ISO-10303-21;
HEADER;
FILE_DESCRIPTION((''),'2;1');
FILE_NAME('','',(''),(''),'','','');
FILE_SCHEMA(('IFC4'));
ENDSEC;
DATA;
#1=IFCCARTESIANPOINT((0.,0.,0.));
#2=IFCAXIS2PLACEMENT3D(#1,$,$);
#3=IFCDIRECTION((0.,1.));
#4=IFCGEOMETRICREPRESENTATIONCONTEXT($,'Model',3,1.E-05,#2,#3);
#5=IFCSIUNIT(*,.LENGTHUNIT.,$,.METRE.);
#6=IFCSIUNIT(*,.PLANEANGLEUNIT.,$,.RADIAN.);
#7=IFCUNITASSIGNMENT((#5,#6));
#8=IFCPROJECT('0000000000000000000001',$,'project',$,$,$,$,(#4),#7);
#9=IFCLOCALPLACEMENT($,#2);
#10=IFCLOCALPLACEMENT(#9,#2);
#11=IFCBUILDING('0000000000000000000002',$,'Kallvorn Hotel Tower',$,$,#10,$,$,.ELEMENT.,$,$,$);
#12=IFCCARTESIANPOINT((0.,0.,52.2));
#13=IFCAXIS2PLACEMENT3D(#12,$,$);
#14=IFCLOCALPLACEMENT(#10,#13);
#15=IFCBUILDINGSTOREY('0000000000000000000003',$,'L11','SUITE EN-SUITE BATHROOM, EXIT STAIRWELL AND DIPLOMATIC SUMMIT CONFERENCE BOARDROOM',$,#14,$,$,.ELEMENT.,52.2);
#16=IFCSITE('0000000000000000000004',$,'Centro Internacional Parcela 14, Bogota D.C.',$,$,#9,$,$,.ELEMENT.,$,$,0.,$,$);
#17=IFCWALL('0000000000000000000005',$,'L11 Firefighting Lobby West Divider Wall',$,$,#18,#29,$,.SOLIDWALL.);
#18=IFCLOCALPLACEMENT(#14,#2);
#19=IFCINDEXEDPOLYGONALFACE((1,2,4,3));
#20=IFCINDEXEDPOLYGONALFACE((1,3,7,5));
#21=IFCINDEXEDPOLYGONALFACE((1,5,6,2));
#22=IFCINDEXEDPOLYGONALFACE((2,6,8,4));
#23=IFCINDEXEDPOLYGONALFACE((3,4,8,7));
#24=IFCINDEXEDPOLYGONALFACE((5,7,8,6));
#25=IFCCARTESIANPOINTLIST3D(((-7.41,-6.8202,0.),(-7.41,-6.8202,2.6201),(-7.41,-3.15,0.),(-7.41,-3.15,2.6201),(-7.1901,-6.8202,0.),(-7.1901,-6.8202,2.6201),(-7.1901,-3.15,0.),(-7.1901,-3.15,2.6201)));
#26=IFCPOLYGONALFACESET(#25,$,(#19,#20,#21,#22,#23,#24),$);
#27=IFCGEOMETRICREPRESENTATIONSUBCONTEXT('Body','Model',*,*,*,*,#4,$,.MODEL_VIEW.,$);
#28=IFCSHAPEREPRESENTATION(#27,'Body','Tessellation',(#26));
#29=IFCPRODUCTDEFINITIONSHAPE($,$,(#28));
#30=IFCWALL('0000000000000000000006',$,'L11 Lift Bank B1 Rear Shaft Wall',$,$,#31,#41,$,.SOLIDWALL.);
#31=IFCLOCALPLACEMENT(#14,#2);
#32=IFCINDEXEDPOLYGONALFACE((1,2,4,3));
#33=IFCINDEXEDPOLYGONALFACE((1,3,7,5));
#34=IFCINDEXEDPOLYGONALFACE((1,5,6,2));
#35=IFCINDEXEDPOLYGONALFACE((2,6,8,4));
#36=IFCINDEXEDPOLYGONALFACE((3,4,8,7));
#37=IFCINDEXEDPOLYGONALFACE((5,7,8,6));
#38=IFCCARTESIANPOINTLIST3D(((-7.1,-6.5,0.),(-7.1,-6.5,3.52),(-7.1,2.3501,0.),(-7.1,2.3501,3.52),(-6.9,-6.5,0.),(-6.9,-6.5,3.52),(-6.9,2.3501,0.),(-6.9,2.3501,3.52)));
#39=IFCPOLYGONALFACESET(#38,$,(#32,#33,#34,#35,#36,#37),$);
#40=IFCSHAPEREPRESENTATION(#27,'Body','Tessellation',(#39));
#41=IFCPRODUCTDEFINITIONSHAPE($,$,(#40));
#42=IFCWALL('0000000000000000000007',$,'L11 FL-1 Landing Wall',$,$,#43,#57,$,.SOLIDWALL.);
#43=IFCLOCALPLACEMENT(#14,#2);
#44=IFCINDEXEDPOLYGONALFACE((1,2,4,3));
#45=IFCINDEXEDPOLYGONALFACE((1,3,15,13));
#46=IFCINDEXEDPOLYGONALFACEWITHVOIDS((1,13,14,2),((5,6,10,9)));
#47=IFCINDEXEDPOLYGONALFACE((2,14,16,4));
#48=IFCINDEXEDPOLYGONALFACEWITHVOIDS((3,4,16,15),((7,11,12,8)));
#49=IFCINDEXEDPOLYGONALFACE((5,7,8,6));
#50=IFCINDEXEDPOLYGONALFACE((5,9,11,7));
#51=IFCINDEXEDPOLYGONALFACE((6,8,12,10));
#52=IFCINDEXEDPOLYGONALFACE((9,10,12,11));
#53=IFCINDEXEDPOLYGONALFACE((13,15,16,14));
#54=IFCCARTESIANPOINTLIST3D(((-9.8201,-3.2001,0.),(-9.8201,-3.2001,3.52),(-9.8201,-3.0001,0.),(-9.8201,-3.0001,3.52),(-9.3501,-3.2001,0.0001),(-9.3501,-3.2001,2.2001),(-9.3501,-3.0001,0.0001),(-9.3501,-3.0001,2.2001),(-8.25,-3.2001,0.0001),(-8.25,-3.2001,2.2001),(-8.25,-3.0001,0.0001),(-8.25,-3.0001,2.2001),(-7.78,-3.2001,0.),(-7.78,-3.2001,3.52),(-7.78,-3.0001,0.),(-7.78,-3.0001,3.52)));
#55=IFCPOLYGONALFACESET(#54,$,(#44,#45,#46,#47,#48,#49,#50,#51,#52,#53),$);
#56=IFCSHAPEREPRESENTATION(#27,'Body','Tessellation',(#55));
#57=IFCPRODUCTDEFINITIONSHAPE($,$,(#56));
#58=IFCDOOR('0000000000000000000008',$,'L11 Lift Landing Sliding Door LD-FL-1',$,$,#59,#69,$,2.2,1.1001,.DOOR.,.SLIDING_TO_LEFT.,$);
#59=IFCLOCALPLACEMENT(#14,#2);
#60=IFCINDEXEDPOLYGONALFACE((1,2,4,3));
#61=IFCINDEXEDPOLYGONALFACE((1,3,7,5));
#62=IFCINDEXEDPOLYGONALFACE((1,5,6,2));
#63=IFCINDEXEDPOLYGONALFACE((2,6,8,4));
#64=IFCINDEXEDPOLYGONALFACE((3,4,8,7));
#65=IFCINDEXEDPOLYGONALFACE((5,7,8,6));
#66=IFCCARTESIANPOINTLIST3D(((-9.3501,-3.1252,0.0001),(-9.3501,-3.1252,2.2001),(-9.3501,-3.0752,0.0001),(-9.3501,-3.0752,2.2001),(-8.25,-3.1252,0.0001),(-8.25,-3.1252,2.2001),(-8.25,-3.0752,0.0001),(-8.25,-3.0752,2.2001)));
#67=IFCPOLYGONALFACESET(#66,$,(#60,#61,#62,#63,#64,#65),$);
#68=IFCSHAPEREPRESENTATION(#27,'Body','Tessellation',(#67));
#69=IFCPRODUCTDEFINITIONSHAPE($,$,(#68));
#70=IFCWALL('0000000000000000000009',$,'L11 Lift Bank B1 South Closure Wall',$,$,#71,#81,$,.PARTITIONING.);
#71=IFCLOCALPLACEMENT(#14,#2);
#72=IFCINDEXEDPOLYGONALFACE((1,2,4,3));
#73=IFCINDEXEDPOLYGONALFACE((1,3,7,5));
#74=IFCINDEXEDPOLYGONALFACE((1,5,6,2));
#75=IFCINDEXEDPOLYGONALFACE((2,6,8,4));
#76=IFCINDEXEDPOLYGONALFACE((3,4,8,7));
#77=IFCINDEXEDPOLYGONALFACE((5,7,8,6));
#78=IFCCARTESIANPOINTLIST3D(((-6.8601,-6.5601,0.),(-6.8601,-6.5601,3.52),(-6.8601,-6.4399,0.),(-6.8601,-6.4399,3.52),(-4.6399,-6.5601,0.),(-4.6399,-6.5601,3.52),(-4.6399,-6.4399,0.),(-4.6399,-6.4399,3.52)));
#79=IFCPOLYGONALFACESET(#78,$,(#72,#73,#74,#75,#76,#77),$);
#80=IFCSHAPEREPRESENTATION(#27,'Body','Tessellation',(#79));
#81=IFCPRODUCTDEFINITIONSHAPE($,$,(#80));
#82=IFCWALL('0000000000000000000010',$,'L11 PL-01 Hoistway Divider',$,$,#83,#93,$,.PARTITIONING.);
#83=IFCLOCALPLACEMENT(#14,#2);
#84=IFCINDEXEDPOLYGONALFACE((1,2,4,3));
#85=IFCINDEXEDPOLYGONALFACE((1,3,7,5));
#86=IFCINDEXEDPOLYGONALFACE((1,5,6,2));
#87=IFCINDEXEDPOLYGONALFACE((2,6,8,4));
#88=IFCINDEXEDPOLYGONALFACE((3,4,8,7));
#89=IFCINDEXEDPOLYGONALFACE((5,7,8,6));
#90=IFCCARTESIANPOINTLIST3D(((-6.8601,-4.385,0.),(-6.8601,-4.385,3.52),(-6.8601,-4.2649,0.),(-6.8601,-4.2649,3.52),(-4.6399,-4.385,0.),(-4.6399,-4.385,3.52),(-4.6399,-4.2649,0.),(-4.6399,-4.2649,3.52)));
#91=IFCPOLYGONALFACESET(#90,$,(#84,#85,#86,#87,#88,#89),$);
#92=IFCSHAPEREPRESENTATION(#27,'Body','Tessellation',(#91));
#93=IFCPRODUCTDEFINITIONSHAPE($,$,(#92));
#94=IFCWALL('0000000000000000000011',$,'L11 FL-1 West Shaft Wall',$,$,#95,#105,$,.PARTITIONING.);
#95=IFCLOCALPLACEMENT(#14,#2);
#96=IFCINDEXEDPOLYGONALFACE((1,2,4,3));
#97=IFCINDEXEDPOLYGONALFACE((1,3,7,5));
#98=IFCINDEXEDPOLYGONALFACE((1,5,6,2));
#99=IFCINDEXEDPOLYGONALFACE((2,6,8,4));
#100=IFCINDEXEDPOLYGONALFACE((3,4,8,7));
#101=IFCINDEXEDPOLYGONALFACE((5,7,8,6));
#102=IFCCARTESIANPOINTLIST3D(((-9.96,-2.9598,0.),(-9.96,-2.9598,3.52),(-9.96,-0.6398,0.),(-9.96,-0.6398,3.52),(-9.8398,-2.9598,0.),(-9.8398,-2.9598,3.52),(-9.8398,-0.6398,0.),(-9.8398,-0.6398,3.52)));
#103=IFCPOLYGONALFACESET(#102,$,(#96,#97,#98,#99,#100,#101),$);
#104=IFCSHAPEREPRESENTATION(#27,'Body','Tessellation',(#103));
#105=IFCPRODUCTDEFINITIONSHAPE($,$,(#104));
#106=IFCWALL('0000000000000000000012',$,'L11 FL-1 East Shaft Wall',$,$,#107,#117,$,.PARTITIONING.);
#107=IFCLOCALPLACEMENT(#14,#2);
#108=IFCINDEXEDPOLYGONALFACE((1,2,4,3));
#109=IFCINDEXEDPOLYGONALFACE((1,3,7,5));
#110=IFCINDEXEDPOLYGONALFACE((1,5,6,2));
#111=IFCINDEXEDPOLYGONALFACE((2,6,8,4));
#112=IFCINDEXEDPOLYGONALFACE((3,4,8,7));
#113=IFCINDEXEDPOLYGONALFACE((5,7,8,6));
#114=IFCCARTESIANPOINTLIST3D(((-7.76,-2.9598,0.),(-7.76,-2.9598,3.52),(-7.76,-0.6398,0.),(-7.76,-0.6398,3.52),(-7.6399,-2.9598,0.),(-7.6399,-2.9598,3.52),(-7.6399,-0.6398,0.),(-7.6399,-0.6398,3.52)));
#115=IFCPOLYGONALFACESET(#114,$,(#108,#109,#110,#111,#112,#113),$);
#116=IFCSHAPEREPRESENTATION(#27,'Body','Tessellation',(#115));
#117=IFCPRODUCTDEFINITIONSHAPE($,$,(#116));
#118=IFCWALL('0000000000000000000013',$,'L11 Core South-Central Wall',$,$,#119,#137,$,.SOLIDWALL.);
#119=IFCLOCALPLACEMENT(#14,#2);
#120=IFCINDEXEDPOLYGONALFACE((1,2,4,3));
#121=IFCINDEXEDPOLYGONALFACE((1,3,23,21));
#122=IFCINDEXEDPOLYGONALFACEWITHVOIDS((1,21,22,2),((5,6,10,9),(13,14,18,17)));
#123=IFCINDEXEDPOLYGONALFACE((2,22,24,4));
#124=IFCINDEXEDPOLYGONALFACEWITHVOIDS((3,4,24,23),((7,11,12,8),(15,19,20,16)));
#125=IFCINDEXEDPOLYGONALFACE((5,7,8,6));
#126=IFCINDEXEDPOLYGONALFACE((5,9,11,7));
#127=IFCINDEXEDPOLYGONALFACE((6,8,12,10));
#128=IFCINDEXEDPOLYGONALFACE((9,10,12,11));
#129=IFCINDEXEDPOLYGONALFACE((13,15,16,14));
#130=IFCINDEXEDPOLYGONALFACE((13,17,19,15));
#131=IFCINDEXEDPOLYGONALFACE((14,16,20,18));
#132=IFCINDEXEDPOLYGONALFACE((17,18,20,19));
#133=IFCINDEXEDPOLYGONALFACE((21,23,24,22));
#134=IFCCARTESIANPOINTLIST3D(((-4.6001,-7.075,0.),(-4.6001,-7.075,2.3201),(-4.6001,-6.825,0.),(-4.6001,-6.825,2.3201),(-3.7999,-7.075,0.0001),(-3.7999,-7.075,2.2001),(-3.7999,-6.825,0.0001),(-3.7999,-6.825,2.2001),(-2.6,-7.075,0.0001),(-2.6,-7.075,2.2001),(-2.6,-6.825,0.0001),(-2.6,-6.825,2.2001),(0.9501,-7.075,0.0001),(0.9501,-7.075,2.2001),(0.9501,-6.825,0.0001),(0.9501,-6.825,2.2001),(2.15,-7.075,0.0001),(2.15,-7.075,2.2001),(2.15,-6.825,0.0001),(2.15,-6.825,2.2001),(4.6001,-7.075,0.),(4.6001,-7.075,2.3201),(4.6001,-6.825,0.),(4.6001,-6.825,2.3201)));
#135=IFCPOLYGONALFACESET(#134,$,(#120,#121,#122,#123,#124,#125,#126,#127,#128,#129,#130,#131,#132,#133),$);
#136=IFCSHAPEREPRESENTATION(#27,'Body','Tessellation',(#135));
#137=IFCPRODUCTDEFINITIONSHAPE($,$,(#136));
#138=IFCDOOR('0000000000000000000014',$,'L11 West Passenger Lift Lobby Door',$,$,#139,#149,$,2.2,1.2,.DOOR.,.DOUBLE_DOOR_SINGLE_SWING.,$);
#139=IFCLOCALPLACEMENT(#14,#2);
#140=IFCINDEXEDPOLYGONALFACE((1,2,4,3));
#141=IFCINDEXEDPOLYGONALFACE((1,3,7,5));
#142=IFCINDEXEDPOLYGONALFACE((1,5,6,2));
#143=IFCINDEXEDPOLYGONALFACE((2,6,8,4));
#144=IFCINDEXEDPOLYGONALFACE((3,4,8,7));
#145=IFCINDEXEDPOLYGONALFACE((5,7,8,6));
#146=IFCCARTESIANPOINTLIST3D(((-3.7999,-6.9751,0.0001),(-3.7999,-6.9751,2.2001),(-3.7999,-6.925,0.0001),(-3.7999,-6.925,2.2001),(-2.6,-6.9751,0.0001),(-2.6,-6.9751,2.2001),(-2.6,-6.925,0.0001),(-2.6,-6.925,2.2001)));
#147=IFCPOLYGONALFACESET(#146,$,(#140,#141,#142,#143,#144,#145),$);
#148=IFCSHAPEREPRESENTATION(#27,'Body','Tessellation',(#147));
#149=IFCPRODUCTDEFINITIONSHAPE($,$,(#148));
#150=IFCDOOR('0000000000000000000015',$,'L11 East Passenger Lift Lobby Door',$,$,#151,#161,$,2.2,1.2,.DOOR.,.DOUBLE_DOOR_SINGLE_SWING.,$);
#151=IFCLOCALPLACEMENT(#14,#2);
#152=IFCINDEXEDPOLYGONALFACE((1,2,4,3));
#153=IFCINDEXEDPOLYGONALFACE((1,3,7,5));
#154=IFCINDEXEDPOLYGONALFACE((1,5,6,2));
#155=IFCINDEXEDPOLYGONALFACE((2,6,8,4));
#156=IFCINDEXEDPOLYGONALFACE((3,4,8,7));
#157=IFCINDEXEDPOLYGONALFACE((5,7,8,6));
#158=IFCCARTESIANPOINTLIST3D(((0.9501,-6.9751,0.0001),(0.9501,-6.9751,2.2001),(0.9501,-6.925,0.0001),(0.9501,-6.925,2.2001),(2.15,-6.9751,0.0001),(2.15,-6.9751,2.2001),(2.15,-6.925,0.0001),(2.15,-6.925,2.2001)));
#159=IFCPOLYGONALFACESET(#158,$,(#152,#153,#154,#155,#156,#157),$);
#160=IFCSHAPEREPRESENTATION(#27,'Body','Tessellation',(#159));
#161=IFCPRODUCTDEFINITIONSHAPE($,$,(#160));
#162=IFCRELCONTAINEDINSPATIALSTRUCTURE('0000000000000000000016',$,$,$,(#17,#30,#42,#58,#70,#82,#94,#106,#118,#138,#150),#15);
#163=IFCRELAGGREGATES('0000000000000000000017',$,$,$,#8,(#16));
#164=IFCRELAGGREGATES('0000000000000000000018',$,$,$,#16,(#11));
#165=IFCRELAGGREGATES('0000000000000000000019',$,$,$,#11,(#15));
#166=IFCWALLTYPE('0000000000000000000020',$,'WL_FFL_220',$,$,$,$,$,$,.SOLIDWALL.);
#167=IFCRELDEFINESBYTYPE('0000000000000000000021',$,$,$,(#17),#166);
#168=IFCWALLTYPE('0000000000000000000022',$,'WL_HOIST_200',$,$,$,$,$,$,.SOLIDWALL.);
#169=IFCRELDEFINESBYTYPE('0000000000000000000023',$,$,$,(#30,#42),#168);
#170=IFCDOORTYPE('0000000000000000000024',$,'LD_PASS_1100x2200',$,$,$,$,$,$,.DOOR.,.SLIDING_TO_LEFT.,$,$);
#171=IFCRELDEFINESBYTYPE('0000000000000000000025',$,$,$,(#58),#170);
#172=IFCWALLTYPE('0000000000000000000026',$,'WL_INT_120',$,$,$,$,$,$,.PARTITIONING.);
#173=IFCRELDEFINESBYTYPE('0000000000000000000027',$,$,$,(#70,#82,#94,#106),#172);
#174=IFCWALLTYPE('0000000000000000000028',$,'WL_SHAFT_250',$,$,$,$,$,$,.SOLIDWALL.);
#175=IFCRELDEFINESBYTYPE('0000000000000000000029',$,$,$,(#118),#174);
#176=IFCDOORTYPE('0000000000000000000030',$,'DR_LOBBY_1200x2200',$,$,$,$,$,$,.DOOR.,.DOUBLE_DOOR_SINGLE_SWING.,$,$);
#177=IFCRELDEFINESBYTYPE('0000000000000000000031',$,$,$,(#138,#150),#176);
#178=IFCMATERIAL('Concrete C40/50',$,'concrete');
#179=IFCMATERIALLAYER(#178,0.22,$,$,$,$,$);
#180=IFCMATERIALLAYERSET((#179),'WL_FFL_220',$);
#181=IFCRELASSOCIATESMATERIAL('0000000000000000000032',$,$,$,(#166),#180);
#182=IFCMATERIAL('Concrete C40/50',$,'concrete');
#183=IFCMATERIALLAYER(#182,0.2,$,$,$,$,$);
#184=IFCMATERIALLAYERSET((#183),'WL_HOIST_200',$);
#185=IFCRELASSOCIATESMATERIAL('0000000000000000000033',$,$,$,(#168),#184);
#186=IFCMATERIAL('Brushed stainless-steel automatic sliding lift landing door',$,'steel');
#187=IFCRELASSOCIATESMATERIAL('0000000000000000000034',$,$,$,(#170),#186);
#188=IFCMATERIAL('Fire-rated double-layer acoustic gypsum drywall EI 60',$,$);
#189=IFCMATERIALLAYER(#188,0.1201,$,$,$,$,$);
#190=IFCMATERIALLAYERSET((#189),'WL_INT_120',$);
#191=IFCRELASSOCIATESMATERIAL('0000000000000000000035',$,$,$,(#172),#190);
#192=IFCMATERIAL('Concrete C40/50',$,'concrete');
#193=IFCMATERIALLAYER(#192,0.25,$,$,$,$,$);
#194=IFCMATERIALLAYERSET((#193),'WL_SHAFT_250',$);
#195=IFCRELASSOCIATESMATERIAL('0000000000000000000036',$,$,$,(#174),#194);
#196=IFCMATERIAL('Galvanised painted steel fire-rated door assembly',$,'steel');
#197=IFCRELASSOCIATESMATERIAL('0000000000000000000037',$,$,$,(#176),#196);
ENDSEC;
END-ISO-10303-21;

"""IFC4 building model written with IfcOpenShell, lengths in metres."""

from ifc_helpers import new_model, si_unit, direction, frame, frame_2d, origin, place, context, subcontext, project, spatial, rectangle, extrude, material, layer, layer_set, type_object, element, fill, save


model = new_model("IFC4")

# Units and contexts
model_context = context("Model", 3, precision=1e-05, world=origin(), true_north=direction((0.0, 1.0)))
body_context = subcontext(model_context, "Body", "Model", "MODEL_VIEW")
ifc_project = project(units=[si_unit("LENGTHUNIT", "METRE"), si_unit("PLANEANGLEUNIT", "RADIAN")], contexts=[model_context])

# Site, building, storey
site_placement = place(None, origin())
site = spatial("IfcSite", under=ifc_project, at=site_placement, Name="Centro Internacional Parcela 14, Bogota D.C.", CompositionType="ELEMENT", RefElevation=0.0)
building_placement = place(site_placement, origin())
building = spatial("IfcBuilding", under=site, at=building_placement, Name="Kallvorn Hotel Tower", CompositionType="ELEMENT")
storey_placement = place(building_placement, frame((0.0, 0.0, 52.2)))
storey = spatial("IfcBuildingStorey", under=building, at=storey_placement, Name="L11", Description="SUITE EN-SUITE BATHROOM, EXIT STAIRWELL AND DIPLOMATIC SUMMIT CONFERENCE BOARDROOM", CompositionType="ELEMENT", Elevation=52.2)

# Walls
ifc_material_1 = material(Name="Concrete C40/50", Category="concrete")
ifc_layer_1 = layer(ifc_material_1, 0.22)
ifc_layer_set_1 = layer_set([ifc_layer_1], Name="WL_FFL_220")
wall_type_1 = type_object("IfcWallType", Name="WL_FFL_220", PredefinedType="SOLIDWALL", material=ifc_layer_set_1)
wall_1_placement = place(storey_placement, frame((-7.3, -6.8201, 0.0), z_axis=(0.0, 0.0, 1.0), x_axis=(0.0, 1.0, 0.0)))
element("IfcWall", 1, at=wall_1_placement, inside=storey, type_object=wall_type_1, Name="L11 Firefighting Lobby West Divider Wall", PredefinedType="SOLIDWALL", context=body_context, shape_type="SweptSolid", body=[
    extrude(rectangle(XDim=3.6702, YDim=0.22, at=frame_2d((1.835, 0.0))), origin(), (0.0, 0.0, 1.0), 2.6201),
])
ifc_material_2 = material(Name="Concrete C40/50", Category="concrete")
ifc_layer_2 = layer(ifc_material_2, 0.2)
ifc_layer_set_2 = layer_set([ifc_layer_2], Name="WL_HOIST_200")
wall_type_2 = type_object("IfcWallType", Name="WL_HOIST_200", PredefinedType="SOLIDWALL", material=ifc_layer_set_2)
wall_2_placement = place(storey_placement, frame((-7.0, -6.5, 0.0), z_axis=(0.0, 0.0, 1.0), x_axis=(0.0, 1.0, 0.0)))
element("IfcWall", 2, at=wall_2_placement, inside=storey, type_object=wall_type_2, Name="L11 Lift Bank B1 Rear Shaft Wall", PredefinedType="SOLIDWALL", context=body_context, shape_type="SweptSolid", body=[
    extrude(rectangle(XDim=8.8501, YDim=0.2, at=frame_2d((4.425, 0.0))), origin(), (0.0, 0.0, 1.0), 3.52),
])

# Wall, opening, door
wall_3_placement = place(storey_placement, frame((-9.8201, -3.1001, 0.0), z_axis=(0.0, 0.0, 1.0), x_axis=(1.0, 0.0, 0.0)))
wall_3 = element("IfcWall", 3, at=wall_3_placement, inside=storey, type_object=wall_type_2, Name="L11 FL-1 Landing Wall", PredefinedType="SOLIDWALL", context=body_context, shape_type="SweptSolid", body=[
    extrude(rectangle(XDim=2.04, YDim=0.2, at=frame_2d((1.02, 0.0))), origin(), (0.0, 0.0, 1.0), 3.52),
])
opening_1_placement = place(wall_3_placement, frame((0.47, 0.0, 0.0)))
opening_1 = element("IfcOpeningElement", 4, at=opening_1_placement, cuts=wall_3, PredefinedType="OPENING", context=body_context, shape_type="SweptSolid", body=[
    extrude(rectangle(XDim=1.1001, YDim=2.2, at=frame_2d((0.55, 1.1001))), frame((0.0, 0.115, 0.0), z_axis=(0.0, -1.0, 0.0), x_axis=(1.0, 0.0, 0.0)), (0.0, 0.0, 1.0), 0.23),
])
ifc_material_3 = material(Name="Brushed stainless-steel automatic sliding lift landing door", Category="steel")
door_type_1 = type_object("IfcDoorType", Name="LD_PASS_1100x2200", OperationType="SLIDING_TO_LEFT", PredefinedType="DOOR", material=ifc_material_3)
door_1_placement = place(opening_1_placement, origin())
door_1 = element("IfcDoor", 5, at=door_1_placement, inside=storey, type_object=door_type_1, Name="L11 Lift Landing Sliding Door LD-FL-1", OperationType="SLIDING_TO_LEFT", OverallHeight=2.2, OverallWidth=1.1001, PredefinedType="DOOR", context=body_context, shape_type="SweptSolid", body=[
    extrude(rectangle(XDim=1.1001, YDim=2.2, at=frame_2d((0.55, 1.1001))), frame((0.0, 0.0249, 0.0), z_axis=(0.0, -1.0, 0.0), x_axis=(1.0, 0.0, 0.0)), (0.0, 0.0, 1.0), 0.05),
])
fill(opening_1, door_1)

# Walls
ifc_material_4 = material(Name="Fire-rated double-layer acoustic gypsum drywall EI 60")
ifc_layer_3 = layer(ifc_material_4, 0.1201)
ifc_layer_set_3 = layer_set([ifc_layer_3], Name="WL_INT_120")
wall_type_3 = type_object("IfcWallType", Name="WL_INT_120", PredefinedType="PARTITIONING", material=ifc_layer_set_3)
for number, where, z_axis, x_axis, name in (
    (6, (-6.8601, -6.5, 0.0), (0.0, 0.0, 1.0), (1.0, 0.0, 0.0), "L11 Lift Bank B1 South Closure Wall"),
    (7, (-6.8601, -4.325, 0.0), (0.0, 0.0, 1.0), (1.0, 0.0, 0.0), "L11 PL-01 Hoistway Divider"),
):
    element("IfcWall", number, at=place(storey_placement, frame(where, z_axis=z_axis, x_axis=x_axis)), inside=storey, type_object=wall_type_3, Name=name, PredefinedType="PARTITIONING", context=body_context, shape_type="SweptSolid", body=[
        extrude(rectangle(XDim=2.2202, YDim=0.1201, at=frame_2d((1.1101, 0.0))), origin(), (0.0, 0.0, 1.0), 3.52),
    ])
for number, where, z_axis, x_axis, name in (
    (8, (-9.8999, -2.96, 0.0), (0.0, 0.0, 1.0), (0.0, 1.0, 0.0), "L11 FL-1 West Shaft Wall"),
    (9, (-7.7, -2.96, 0.0), (0.0, 0.0, 1.0), (0.0, 1.0, 0.0), "L11 FL-1 East Shaft Wall"),
):
    element("IfcWall", number, at=place(storey_placement, frame(where, z_axis=z_axis, x_axis=x_axis)), inside=storey, type_object=wall_type_3, Name=name, PredefinedType="PARTITIONING", context=body_context, shape_type="SweptSolid", body=[
        extrude(rectangle(XDim=2.3201, YDim=0.1201, at=frame_2d((1.1602, 0.0))), origin(), (0.0, 0.0, 1.0), 3.52),
    ])

# Wall, openings, doors
ifc_material_5 = material(Name="Concrete C40/50", Category="concrete")
ifc_layer_4 = layer(ifc_material_5, 0.25)
ifc_layer_set_4 = layer_set([ifc_layer_4], Name="WL_SHAFT_250")
wall_type_4 = type_object("IfcWallType", Name="WL_SHAFT_250", PredefinedType="SOLIDWALL", material=ifc_layer_set_4)
wall_4_placement = place(storey_placement, frame((-4.6001, -6.95, 0.0), z_axis=(0.0, 0.0, 1.0), x_axis=(1.0, 0.0, 0.0)))
wall_4 = element("IfcWall", 10, at=wall_4_placement, inside=storey, type_object=wall_type_4, Name="L11 Core South-Central Wall", PredefinedType="SOLIDWALL", context=body_context, shape_type="SweptSolid", body=[
    extrude(rectangle(XDim=9.2002, YDim=0.25, at=frame_2d((4.6001, 0.0))), origin(), (0.0, 0.0, 1.0), 2.3201),
])
opening_2_placement = place(wall_4_placement, frame((0.8, 0.0, 0.0)))
opening_2 = element("IfcOpeningElement", 11, at=opening_2_placement, cuts=wall_4, PredefinedType="OPENING", context=body_context, shape_type="SweptSolid", body=[
    extrude(rectangle(XDim=1.2, YDim=2.2, at=frame_2d((0.6001, 1.1001))), frame((0.0, 0.1399, 0.0), z_axis=(0.0, -1.0, 0.0), x_axis=(1.0, 0.0, 0.0)), (0.0, 0.0, 1.0), 0.28),
])
opening_3_placement = place(wall_4_placement, frame((5.55, 0.0, 0.0)))
opening_3 = element("IfcOpeningElement", 12, at=opening_3_placement, cuts=wall_4, PredefinedType="OPENING", context=body_context, shape_type="SweptSolid", body=[
    extrude(rectangle(XDim=1.2, YDim=2.2, at=frame_2d((0.6001, 1.1001))), frame((0.0, 0.1399, 0.0), z_axis=(0.0, -1.0, 0.0), x_axis=(1.0, 0.0, 0.0)), (0.0, 0.0, 1.0), 0.28),
])
ifc_material_6 = material(Name="Galvanised painted steel fire-rated door assembly", Category="steel")
door_type_2 = type_object("IfcDoorType", Name="DR_LOBBY_1200x2200", OperationType="DOUBLE_DOOR_SINGLE_SWING", PredefinedType="DOOR", material=ifc_material_6)
door_2_placement = place(opening_2_placement, origin())
door_2 = element("IfcDoor", 13, at=door_2_placement, inside=storey, type_object=door_type_2, Name="L11 West Passenger Lift Lobby Door", OperationType="DOUBLE_DOOR_SINGLE_SWING", OverallHeight=2.2, OverallWidth=1.2, PredefinedType="DOOR", context=body_context, shape_type="SweptSolid", body=[
    extrude(rectangle(XDim=1.2, YDim=2.2, at=frame_2d((0.6001, 1.1001))), frame((0.0, 0.0249, 0.0), z_axis=(0.0, -1.0, 0.0), x_axis=(1.0, 0.0, 0.0)), (0.0, 0.0, 1.0), 0.05),
])
fill(opening_2, door_2)
door_3_placement = place(opening_3_placement, origin())
door_3 = element("IfcDoor", 14, at=door_3_placement, inside=storey, type_object=door_type_2, Name="L11 East Passenger Lift Lobby Door", OperationType="DOUBLE_DOOR_SINGLE_SWING", OverallHeight=2.2, OverallWidth=1.2, PredefinedType="DOOR", context=body_context, shape_type="SweptSolid", body=[
    extrude(rectangle(XDim=1.2, YDim=2.2, at=frame_2d((0.6001, 1.1001))), frame((0.0, 0.0249, 0.0), z_axis=(0.0, -1.0, 0.0), x_axis=(1.0, 0.0, 0.0)), (0.0, 0.0, 1.0), 0.05),
])
fill(opening_3, door_3)

save(model, "model.ifc")
